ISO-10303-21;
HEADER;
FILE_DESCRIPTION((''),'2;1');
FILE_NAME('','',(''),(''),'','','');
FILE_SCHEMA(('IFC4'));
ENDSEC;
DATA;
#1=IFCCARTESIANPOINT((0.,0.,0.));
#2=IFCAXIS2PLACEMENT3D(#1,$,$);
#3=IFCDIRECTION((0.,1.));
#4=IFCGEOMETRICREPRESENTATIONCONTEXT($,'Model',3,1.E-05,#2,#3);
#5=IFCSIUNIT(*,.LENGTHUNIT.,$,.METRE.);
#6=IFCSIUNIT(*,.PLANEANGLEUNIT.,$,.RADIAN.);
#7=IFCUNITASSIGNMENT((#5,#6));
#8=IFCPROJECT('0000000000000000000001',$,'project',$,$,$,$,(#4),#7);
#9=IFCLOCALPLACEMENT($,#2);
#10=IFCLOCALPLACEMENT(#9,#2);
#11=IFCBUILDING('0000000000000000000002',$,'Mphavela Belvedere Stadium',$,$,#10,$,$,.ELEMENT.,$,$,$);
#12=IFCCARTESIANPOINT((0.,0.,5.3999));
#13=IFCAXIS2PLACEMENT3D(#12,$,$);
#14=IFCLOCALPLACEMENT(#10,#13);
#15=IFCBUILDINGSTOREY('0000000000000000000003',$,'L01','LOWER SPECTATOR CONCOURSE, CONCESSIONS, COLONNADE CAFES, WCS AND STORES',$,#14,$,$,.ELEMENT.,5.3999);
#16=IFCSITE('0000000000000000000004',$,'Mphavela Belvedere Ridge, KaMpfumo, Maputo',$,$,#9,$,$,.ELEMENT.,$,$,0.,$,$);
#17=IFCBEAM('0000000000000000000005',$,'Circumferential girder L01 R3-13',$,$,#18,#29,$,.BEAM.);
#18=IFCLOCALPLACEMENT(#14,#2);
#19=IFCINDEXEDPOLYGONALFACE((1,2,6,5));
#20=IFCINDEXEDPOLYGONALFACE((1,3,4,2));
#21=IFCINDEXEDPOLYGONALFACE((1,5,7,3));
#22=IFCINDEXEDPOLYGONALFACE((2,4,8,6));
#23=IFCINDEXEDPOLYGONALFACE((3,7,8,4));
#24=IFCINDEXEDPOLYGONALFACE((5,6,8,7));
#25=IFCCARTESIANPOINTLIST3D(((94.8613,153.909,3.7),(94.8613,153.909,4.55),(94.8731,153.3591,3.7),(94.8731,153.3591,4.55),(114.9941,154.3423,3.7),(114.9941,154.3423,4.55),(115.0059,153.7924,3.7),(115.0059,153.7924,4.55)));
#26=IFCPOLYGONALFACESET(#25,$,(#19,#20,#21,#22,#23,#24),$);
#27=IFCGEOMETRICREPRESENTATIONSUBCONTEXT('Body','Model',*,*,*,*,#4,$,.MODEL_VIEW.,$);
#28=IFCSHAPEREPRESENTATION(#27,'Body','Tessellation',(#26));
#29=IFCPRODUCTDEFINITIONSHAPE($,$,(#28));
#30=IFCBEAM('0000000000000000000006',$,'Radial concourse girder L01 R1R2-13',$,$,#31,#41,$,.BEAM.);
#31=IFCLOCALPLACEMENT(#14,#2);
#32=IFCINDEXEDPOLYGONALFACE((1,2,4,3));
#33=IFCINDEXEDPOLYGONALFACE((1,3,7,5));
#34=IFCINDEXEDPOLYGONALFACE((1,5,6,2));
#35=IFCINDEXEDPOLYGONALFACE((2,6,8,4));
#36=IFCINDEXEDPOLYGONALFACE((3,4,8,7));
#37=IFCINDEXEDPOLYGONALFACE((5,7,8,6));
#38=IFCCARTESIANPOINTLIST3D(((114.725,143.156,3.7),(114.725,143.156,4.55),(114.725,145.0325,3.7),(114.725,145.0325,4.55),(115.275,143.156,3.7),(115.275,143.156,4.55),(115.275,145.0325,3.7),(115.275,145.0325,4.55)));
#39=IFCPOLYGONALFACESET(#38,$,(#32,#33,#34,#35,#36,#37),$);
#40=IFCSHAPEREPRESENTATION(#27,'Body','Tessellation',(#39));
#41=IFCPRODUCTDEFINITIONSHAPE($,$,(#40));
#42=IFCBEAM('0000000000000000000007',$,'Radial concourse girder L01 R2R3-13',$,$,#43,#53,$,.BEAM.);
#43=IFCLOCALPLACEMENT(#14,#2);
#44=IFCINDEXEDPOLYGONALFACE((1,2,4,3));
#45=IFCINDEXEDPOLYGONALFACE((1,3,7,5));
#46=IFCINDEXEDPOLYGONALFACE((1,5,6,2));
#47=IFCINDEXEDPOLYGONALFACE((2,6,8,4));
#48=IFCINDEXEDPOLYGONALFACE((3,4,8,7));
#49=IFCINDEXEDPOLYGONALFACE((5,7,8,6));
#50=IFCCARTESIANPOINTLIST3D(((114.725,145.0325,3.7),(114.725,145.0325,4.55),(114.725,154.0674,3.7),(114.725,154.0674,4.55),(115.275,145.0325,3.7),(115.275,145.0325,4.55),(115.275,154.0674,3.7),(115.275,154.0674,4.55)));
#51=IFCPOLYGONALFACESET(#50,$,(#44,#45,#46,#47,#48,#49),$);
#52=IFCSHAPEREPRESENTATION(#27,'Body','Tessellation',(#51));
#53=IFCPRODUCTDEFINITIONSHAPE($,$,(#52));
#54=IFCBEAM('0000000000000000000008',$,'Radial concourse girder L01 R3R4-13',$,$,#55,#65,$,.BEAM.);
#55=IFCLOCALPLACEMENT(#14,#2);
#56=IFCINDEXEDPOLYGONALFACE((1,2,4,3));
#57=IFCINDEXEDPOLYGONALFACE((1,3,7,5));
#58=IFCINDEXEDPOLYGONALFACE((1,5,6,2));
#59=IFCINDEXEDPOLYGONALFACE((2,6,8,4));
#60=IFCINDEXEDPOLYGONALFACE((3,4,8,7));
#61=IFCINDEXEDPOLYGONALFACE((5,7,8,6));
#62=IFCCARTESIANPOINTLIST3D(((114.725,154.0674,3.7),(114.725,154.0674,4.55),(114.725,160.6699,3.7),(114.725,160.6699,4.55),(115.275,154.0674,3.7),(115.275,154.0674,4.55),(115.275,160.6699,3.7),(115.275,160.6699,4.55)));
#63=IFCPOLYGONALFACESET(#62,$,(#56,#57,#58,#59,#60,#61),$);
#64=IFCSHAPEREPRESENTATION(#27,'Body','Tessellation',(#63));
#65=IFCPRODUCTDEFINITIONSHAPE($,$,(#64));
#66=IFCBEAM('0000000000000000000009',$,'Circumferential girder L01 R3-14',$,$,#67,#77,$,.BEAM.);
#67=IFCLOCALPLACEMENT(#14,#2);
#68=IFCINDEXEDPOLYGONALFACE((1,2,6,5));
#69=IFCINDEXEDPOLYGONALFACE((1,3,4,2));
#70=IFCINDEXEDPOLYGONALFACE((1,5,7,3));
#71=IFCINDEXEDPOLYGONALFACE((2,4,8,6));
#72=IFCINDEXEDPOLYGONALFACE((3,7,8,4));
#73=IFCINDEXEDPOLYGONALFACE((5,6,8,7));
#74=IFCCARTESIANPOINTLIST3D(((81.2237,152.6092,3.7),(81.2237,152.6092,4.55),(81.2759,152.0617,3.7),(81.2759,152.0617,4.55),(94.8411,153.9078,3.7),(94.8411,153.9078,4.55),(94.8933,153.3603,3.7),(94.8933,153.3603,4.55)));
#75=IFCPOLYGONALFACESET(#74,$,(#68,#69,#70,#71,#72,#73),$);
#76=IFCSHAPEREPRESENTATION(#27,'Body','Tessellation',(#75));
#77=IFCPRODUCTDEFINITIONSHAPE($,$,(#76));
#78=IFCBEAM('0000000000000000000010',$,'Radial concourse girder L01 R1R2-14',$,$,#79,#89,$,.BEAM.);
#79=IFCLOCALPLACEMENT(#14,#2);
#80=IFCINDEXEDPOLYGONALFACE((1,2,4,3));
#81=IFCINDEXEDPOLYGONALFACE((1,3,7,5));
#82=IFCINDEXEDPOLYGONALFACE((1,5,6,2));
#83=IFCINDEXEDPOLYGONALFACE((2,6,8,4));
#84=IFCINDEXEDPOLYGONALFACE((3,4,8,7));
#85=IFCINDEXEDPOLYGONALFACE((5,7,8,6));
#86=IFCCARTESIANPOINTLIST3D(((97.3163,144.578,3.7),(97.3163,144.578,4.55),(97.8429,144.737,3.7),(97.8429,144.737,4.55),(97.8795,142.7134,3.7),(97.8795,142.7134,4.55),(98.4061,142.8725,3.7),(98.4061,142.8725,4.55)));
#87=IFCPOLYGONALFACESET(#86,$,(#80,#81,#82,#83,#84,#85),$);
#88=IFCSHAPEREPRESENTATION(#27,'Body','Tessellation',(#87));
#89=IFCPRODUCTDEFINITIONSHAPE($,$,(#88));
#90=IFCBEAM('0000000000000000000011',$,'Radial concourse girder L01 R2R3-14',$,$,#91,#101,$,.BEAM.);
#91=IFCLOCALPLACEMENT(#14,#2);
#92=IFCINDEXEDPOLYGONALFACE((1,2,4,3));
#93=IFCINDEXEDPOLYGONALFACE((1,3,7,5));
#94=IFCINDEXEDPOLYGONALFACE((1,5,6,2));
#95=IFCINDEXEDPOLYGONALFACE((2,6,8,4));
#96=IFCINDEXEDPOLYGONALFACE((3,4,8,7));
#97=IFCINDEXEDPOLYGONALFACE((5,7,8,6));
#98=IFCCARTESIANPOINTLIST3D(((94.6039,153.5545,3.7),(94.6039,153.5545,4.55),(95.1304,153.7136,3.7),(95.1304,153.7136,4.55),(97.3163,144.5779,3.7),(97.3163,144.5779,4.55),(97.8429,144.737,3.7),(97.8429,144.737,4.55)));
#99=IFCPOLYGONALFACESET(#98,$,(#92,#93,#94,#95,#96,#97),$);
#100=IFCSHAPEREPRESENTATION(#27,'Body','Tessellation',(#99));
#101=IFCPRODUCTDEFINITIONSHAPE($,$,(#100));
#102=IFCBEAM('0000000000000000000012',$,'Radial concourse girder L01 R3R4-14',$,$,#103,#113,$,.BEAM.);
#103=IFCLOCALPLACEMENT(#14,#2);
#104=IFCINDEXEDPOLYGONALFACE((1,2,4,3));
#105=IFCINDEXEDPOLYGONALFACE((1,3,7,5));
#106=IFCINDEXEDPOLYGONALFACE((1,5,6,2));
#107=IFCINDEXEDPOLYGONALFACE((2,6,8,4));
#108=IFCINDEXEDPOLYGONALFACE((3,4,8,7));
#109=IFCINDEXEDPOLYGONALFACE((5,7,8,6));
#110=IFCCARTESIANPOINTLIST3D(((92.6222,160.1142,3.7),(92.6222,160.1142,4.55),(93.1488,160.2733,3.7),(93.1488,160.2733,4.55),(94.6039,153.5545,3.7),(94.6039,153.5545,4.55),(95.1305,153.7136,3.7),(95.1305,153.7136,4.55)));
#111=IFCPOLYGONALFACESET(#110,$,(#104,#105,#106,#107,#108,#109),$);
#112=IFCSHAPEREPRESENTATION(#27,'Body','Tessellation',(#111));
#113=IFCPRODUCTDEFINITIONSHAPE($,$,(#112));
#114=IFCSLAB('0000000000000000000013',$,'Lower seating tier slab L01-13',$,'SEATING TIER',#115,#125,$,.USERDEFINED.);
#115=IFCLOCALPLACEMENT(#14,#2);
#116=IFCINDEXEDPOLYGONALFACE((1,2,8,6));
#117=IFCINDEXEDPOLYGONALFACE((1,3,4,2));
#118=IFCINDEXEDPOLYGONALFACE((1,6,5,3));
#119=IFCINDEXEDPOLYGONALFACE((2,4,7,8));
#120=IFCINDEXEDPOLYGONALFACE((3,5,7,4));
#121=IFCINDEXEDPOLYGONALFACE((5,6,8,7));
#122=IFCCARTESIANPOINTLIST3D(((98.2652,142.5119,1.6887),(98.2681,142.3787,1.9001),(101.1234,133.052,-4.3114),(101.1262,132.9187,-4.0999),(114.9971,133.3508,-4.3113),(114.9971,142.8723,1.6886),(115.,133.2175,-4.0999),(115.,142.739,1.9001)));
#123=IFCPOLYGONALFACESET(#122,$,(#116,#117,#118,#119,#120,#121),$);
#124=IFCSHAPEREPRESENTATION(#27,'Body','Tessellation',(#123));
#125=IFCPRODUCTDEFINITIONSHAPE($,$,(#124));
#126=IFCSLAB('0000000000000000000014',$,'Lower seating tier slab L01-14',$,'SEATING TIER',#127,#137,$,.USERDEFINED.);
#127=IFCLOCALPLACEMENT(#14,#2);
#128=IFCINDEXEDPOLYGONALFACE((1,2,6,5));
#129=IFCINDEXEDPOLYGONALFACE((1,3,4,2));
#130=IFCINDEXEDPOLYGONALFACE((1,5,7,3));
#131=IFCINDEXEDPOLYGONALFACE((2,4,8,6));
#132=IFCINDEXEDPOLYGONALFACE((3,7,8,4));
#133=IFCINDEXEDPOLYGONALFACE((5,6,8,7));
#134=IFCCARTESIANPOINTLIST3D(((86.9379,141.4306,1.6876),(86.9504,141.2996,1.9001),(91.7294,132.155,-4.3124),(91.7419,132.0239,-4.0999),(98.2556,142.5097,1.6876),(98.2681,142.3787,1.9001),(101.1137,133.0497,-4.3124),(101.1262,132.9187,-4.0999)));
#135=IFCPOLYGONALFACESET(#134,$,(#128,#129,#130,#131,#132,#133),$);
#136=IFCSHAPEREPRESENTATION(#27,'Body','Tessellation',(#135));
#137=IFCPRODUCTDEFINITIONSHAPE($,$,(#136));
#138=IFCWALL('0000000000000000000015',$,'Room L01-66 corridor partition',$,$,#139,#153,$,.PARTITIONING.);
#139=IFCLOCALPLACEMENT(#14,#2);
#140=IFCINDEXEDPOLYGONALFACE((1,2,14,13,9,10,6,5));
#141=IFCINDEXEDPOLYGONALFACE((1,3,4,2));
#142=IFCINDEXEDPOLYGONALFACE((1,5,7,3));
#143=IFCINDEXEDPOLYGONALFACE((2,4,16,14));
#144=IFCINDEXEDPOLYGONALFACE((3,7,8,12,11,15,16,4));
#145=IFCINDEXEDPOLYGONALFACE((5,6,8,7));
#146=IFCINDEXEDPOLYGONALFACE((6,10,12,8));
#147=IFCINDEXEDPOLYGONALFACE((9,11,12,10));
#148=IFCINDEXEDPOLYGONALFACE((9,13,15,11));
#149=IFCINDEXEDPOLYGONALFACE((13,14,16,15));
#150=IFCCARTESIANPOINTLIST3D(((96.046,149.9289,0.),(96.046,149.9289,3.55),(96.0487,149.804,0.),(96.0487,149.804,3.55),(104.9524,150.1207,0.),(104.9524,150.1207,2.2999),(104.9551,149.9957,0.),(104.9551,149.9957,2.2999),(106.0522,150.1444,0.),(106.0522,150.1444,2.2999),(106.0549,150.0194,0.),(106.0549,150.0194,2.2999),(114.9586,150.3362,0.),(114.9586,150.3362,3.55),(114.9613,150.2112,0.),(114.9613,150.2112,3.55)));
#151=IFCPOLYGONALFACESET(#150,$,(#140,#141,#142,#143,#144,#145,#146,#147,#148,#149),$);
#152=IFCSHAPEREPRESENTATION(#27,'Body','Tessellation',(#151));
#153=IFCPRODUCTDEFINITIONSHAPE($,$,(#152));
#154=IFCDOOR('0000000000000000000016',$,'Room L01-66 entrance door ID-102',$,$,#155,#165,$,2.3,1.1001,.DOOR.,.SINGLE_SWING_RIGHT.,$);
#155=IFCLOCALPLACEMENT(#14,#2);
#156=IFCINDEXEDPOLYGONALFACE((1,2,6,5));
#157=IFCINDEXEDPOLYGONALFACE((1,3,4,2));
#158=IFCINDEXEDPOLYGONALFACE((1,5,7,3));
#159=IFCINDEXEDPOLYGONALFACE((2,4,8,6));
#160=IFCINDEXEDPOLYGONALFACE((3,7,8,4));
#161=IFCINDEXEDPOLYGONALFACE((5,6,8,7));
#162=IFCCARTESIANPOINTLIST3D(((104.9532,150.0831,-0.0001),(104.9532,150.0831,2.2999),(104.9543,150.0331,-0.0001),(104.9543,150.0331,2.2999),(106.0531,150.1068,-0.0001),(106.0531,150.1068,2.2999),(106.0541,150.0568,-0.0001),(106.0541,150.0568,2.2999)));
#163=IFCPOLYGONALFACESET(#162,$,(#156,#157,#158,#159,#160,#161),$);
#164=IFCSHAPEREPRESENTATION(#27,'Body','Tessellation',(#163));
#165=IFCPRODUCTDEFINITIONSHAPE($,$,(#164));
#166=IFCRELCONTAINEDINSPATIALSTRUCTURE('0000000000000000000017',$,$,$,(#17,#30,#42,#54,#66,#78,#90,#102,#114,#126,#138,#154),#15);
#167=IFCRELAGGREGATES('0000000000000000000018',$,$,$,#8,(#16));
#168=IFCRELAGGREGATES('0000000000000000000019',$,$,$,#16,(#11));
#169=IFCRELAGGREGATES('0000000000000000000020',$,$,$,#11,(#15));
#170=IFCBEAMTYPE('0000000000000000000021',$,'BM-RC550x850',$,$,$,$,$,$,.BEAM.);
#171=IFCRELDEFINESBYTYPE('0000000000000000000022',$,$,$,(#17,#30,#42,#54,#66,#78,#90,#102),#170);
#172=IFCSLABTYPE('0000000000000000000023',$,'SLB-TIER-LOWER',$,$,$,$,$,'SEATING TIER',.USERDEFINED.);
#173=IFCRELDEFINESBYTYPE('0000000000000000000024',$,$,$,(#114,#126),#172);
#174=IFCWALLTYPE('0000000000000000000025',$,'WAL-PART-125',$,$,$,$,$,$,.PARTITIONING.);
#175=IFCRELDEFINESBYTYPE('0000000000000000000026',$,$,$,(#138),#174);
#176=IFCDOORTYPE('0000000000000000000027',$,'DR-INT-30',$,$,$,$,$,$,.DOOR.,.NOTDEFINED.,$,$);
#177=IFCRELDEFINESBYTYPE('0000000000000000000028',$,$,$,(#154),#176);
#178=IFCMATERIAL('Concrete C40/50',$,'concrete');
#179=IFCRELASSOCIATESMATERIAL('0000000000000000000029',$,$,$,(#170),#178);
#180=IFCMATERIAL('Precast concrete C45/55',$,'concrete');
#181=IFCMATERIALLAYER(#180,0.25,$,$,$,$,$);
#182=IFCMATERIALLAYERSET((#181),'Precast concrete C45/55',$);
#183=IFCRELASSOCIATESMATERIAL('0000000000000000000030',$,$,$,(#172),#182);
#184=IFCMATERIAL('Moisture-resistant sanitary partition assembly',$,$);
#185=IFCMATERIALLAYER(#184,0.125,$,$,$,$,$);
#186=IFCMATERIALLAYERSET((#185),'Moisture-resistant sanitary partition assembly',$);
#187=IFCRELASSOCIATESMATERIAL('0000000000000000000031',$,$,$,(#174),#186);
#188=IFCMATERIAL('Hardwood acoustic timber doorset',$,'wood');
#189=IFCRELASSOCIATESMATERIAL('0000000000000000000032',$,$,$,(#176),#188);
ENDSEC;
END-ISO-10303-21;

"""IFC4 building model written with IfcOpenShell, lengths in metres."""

from ifc_helpers import new_model, si_unit, direction, frame, frame_2d, origin, origin_2d, place, context, subcontext, project, spatial, polyline, rectangle, outline, extrude, material, layer, layer_set, material_profile, profile_set, type_object, element, fill, save


model = new_model("IFC4")

# Units and contexts
model_context = context("Model", 3, precision=1e-05, world=origin(), true_north=direction((0.0, 1.0)))
body_context = subcontext(model_context, "Body", "Model", "MODEL_VIEW")
ifc_project = project(units=[si_unit("LENGTHUNIT", "METRE"), si_unit("PLANEANGLEUNIT", "RADIAN")], contexts=[model_context])

# Site, building, storey
site_placement = place(None, origin())
site = spatial("IfcSite", under=ifc_project, at=site_placement, Name="Mphavela Belvedere Ridge, KaMpfumo, Maputo", CompositionType="ELEMENT", RefElevation=0.0)
building_placement = place(site_placement, origin())
building = spatial("IfcBuilding", under=site, at=building_placement, Name="Mphavela Belvedere Stadium", CompositionType="ELEMENT")
storey_placement = place(building_placement, frame((0.0, 0.0, 5.3999)))
storey = spatial("IfcBuildingStorey", under=building, at=storey_placement, Name="L01", Description="LOWER SPECTATOR CONCOURSE, CONCESSIONS, COLONNADE CAFES, WCS AND STORES", CompositionType="ELEMENT", Elevation=5.3999)

# Beams
ifc_material_1 = material(Name="Concrete C40/50", Category="concrete")
ifc_material_profile_1 = material_profile(ifc_material_1, rectangle(XDim=0.55, YDim=0.8501, at=origin_2d()), Name="RC 550x850")
ifc_profile_set_1 = profile_set([ifc_material_profile_1], Name="Concrete C40/50")
beam_type_1 = type_object("IfcBeamType", Name="BM-RC550x850", PredefinedType="BEAM", material=ifc_profile_set_1)
beam_1_placement = place(storey_placement, frame((115.0, 154.0674, 4.125), z_axis=(-0.999768, -0.02152, 0.0), x_axis=(0.02152, -0.999768, 0.0)))
element("IfcBeam", 1, at=beam_1_placement, inside=storey, type_object=beam_type_1, Name="Circumferential girder L01 R3-13", PredefinedType="BEAM", context=body_context, shape_type="SweptSolid", body=[
    extrude(rectangle(XDim=0.55, YDim=0.8501, at=origin_2d()), origin(), (0.0, 0.0, 1.0), 20.1375),
])
beam_2_placement = place(storey_placement, frame((115.0, 143.156, 4.125), z_axis=(0.0, 1.0, 0.0), x_axis=(-1.0, 0.0, 0.0)))
element("IfcBeam", 2, at=beam_2_placement, inside=storey, type_object=beam_type_1, Name="Radial concourse girder L01 R1R2-13", PredefinedType="BEAM", context=body_context, shape_type="SweptSolid", body=[
    extrude(rectangle(XDim=0.55, YDim=0.8501, at=origin_2d()), origin(), (0.0, 0.0, 1.0), 1.8765),
])
beam_3_placement = place(storey_placement, frame((115.0, 145.0325, 4.125), z_axis=(0.0, 1.0, 0.0), x_axis=(-1.0, 0.0, 0.0)))
element("IfcBeam", 3, at=beam_3_placement, inside=storey, type_object=beam_type_1, Name="Radial concourse girder L01 R2R3-13", PredefinedType="BEAM", context=body_context, shape_type="SweptSolid", body=[
    extrude(rectangle(XDim=0.55, YDim=0.8501, at=origin_2d()), origin(), (0.0, 0.0, 1.0), 9.0349),
])
beam_4_placement = place(storey_placement, frame((115.0, 154.0674, 4.125), z_axis=(0.0, 1.0, 0.0), x_axis=(-1.0, 0.0, 0.0)))
element("IfcBeam", 4, at=beam_4_placement, inside=storey, type_object=beam_type_1, Name="Radial concourse girder L01 R3R4-13", PredefinedType="BEAM", context=body_context, shape_type="SweptSolid", body=[
    extrude(rectangle(XDim=0.55, YDim=0.8501, at=origin_2d()), origin(), (0.0, 0.0, 1.0), 6.6025),
])
beam_5_placement = place(storey_placement, frame((94.8672, 153.634, 4.125), z_axis=(-0.995484, -0.094931, 0.0), x_axis=(0.094931, -0.995484, 0.0)))
element("IfcBeam", 5, at=beam_5_placement, inside=storey, type_object=beam_type_1, Name="Circumferential girder L01 R3-14", PredefinedType="BEAM", context=body_context, shape_type="SweptSolid", body=[
    extrude(rectangle(XDim=0.55, YDim=0.8501, at=origin_2d()), origin(), (0.0, 0.0, 1.0), 13.6792),
])
beam_6_placement = place(storey_placement, frame((98.1428, 142.793, 4.125), z_axis=(-0.289176, 0.957276, 0.0), x_axis=(-0.957276, -0.289176, 0.0)))
element("IfcBeam", 6, at=beam_6_placement, inside=storey, type_object=beam_type_1, Name="Radial concourse girder L01 R1R2-14", PredefinedType="BEAM", context=body_context, shape_type="SweptSolid", body=[
    extrude(rectangle(XDim=0.55, YDim=0.8501, at=origin_2d()), origin(), (0.0, 0.0, 1.0), 1.9478),
])
beam_7_placement = place(storey_placement, frame((97.5796, 144.6575, 4.125), z_axis=(-0.289249, 0.957254, 0.0), x_axis=(-0.957254, -0.289249, 0.0)))
element("IfcBeam", 7, at=beam_7_placement, inside=storey, type_object=beam_type_1, Name="Radial concourse girder L01 R2R3-14", PredefinedType="BEAM", context=body_context, shape_type="SweptSolid", body=[
    extrude(rectangle(XDim=0.55, YDim=0.8501, at=origin_2d()), origin(), (0.0, 0.0, 1.0), 9.3774),
])
beam_8_placement = place(storey_placement, frame((94.8672, 153.634, 4.125), z_axis=(-0.289188, 0.957272, 0.0), x_axis=(-0.957272, -0.289188, 0.0)))
element("IfcBeam", 8, at=beam_8_placement, inside=storey, type_object=beam_type_1, Name="Radial concourse girder L01 R3R4-14", PredefinedType="BEAM", context=body_context, shape_type="SweptSolid", body=[
    extrude(rectangle(XDim=0.55, YDim=0.8501, at=origin_2d()), origin(), (0.0, 0.0, 1.0), 6.8525),
])

# Slabs
ifc_material_2 = material(Name="Precast concrete C45/55", Category="concrete")
ifc_layer_1 = layer(ifc_material_2, 0.25)
ifc_layer_set_1 = layer_set([ifc_layer_1], Name="Precast concrete C45/55")
slab_type = type_object("IfcSlabType", Name="SLB-TIER-LOWER", ElementType="SEATING TIER", PredefinedType="USERDEFINED", material=ifc_layer_set_1)
slab_1_placement = place(storey_placement, frame((115.0, 133.2175, -4.0999), z_axis=(0.011482, -0.533095, 0.845977), x_axis=(-0.999768, -0.021534, -0.000001)))
element("IfcSlab", 9, at=slab_1_placement, inside=storey, type_object=slab_type, Name="Lower seating tier slab L01-13", ObjectType="SEATING TIER", PredefinedType="USERDEFINED", context=body_context, shape_type="SweptSolid", body=[
    extrude(outline(polyline([(0.0, 0.0), (13.877, 0.0), (16.5308, -11.2524), (-0.205, -11.2524), (0.0, 0.0)])), origin(), (0.0, 0.0, -1.0), 0.25),
])
slab_2_placement = place(storey_placement, frame((101.1262, 132.9187, -4.0999), z_axis=(0.049974, -0.524125, 0.850174), x_axis=(-0.995485, -0.094918, 0.0)))
element("IfcSlab", 10, at=slab_2_placement, inside=storey, type_object=slab_type, Name="Lower seating tier slab L01-14", ObjectType="SEATING TIER", PredefinedType="USERDEFINED", context=body_context, shape_type="SweptSolid", body=[
    extrude(outline(polyline([(0.0, 0.0), (9.4268, 0.0), (13.3163, -11.396), (1.9473, -11.396), (0.0, 0.0)])), origin(), (0.0, 0.0, -1.0), 0.25),
])

# Wall, opening, door
ifc_material_3 = material(Name="Moisture-resistant sanitary partition assembly")
ifc_layer_2 = layer(ifc_material_3, 0.125)
ifc_layer_set_2 = layer_set([ifc_layer_2], Name="Moisture-resistant sanitary partition assembly")
wall_type_1 = type_object("IfcWallType", Name="WAL-PART-125", PredefinedType="PARTITIONING", material=ifc_layer_set_2)
wall_1_placement = place(storey_placement, frame((96.0474, 149.8665, 0.0), z_axis=(0.0, 0.0, 1.0), x_axis=(0.999768, 0.021527, 0.0)))
wall_1 = element("IfcWall", 11, at=wall_1_placement, inside=storey, type_object=wall_type_1, Name="Room L01-66 corridor partition", PredefinedType="PARTITIONING", context=body_context, shape_type="SweptSolid", body=[
    extrude(rectangle(XDim=18.917, YDim=0.125, at=frame_2d((9.4585, 0.0))), origin(), (0.0, 0.0, 1.0), 3.55),
])
opening_1_placement = place(wall_1_placement, frame((8.9084, 0.0, 0.0)))
opening_1 = element("IfcOpeningElement", 12, at=opening_1_placement, cuts=wall_1, PredefinedType="OPENING", context=body_context, shape_type="SweptSolid", body=[
    extrude(rectangle(XDim=1.1001, YDim=2.3, at=frame_2d((0.55, 1.1499))), frame((0.0, 0.0725, 0.0), z_axis=(0.0, -1.0, 0.0), x_axis=(1.0, 0.0, 0.0)), (0.0, 0.0, 1.0), 0.145),
])
ifc_material_4 = material(Name="Hardwood acoustic timber doorset", Category="wood")
door_type_1 = type_object("IfcDoorType", Name="DR-INT-30", OperationType="NOTDEFINED", PredefinedType="DOOR", material=ifc_material_4)
door_1_placement = place(opening_1_placement, origin())
door_1 = element("IfcDoor", 13, at=door_1_placement, inside=storey, type_object=door_type_1, Name="Room L01-66 entrance door ID-102", OperationType="SINGLE_SWING_RIGHT", OverallHeight=2.3, OverallWidth=1.1001, PredefinedType="DOOR", context=body_context, shape_type="SweptSolid", body=[
    extrude(rectangle(XDim=1.1001, YDim=2.3, at=frame_2d((0.55, 1.1499))), frame((0.0, 0.0249, 0.0), z_axis=(0.0, -1.0, 0.0), x_axis=(1.0, 0.0, 0.0)), (0.0, 0.0, 1.0), 0.05),
])
fill(opening_1, door_1)

save(model, "model.ifc")
